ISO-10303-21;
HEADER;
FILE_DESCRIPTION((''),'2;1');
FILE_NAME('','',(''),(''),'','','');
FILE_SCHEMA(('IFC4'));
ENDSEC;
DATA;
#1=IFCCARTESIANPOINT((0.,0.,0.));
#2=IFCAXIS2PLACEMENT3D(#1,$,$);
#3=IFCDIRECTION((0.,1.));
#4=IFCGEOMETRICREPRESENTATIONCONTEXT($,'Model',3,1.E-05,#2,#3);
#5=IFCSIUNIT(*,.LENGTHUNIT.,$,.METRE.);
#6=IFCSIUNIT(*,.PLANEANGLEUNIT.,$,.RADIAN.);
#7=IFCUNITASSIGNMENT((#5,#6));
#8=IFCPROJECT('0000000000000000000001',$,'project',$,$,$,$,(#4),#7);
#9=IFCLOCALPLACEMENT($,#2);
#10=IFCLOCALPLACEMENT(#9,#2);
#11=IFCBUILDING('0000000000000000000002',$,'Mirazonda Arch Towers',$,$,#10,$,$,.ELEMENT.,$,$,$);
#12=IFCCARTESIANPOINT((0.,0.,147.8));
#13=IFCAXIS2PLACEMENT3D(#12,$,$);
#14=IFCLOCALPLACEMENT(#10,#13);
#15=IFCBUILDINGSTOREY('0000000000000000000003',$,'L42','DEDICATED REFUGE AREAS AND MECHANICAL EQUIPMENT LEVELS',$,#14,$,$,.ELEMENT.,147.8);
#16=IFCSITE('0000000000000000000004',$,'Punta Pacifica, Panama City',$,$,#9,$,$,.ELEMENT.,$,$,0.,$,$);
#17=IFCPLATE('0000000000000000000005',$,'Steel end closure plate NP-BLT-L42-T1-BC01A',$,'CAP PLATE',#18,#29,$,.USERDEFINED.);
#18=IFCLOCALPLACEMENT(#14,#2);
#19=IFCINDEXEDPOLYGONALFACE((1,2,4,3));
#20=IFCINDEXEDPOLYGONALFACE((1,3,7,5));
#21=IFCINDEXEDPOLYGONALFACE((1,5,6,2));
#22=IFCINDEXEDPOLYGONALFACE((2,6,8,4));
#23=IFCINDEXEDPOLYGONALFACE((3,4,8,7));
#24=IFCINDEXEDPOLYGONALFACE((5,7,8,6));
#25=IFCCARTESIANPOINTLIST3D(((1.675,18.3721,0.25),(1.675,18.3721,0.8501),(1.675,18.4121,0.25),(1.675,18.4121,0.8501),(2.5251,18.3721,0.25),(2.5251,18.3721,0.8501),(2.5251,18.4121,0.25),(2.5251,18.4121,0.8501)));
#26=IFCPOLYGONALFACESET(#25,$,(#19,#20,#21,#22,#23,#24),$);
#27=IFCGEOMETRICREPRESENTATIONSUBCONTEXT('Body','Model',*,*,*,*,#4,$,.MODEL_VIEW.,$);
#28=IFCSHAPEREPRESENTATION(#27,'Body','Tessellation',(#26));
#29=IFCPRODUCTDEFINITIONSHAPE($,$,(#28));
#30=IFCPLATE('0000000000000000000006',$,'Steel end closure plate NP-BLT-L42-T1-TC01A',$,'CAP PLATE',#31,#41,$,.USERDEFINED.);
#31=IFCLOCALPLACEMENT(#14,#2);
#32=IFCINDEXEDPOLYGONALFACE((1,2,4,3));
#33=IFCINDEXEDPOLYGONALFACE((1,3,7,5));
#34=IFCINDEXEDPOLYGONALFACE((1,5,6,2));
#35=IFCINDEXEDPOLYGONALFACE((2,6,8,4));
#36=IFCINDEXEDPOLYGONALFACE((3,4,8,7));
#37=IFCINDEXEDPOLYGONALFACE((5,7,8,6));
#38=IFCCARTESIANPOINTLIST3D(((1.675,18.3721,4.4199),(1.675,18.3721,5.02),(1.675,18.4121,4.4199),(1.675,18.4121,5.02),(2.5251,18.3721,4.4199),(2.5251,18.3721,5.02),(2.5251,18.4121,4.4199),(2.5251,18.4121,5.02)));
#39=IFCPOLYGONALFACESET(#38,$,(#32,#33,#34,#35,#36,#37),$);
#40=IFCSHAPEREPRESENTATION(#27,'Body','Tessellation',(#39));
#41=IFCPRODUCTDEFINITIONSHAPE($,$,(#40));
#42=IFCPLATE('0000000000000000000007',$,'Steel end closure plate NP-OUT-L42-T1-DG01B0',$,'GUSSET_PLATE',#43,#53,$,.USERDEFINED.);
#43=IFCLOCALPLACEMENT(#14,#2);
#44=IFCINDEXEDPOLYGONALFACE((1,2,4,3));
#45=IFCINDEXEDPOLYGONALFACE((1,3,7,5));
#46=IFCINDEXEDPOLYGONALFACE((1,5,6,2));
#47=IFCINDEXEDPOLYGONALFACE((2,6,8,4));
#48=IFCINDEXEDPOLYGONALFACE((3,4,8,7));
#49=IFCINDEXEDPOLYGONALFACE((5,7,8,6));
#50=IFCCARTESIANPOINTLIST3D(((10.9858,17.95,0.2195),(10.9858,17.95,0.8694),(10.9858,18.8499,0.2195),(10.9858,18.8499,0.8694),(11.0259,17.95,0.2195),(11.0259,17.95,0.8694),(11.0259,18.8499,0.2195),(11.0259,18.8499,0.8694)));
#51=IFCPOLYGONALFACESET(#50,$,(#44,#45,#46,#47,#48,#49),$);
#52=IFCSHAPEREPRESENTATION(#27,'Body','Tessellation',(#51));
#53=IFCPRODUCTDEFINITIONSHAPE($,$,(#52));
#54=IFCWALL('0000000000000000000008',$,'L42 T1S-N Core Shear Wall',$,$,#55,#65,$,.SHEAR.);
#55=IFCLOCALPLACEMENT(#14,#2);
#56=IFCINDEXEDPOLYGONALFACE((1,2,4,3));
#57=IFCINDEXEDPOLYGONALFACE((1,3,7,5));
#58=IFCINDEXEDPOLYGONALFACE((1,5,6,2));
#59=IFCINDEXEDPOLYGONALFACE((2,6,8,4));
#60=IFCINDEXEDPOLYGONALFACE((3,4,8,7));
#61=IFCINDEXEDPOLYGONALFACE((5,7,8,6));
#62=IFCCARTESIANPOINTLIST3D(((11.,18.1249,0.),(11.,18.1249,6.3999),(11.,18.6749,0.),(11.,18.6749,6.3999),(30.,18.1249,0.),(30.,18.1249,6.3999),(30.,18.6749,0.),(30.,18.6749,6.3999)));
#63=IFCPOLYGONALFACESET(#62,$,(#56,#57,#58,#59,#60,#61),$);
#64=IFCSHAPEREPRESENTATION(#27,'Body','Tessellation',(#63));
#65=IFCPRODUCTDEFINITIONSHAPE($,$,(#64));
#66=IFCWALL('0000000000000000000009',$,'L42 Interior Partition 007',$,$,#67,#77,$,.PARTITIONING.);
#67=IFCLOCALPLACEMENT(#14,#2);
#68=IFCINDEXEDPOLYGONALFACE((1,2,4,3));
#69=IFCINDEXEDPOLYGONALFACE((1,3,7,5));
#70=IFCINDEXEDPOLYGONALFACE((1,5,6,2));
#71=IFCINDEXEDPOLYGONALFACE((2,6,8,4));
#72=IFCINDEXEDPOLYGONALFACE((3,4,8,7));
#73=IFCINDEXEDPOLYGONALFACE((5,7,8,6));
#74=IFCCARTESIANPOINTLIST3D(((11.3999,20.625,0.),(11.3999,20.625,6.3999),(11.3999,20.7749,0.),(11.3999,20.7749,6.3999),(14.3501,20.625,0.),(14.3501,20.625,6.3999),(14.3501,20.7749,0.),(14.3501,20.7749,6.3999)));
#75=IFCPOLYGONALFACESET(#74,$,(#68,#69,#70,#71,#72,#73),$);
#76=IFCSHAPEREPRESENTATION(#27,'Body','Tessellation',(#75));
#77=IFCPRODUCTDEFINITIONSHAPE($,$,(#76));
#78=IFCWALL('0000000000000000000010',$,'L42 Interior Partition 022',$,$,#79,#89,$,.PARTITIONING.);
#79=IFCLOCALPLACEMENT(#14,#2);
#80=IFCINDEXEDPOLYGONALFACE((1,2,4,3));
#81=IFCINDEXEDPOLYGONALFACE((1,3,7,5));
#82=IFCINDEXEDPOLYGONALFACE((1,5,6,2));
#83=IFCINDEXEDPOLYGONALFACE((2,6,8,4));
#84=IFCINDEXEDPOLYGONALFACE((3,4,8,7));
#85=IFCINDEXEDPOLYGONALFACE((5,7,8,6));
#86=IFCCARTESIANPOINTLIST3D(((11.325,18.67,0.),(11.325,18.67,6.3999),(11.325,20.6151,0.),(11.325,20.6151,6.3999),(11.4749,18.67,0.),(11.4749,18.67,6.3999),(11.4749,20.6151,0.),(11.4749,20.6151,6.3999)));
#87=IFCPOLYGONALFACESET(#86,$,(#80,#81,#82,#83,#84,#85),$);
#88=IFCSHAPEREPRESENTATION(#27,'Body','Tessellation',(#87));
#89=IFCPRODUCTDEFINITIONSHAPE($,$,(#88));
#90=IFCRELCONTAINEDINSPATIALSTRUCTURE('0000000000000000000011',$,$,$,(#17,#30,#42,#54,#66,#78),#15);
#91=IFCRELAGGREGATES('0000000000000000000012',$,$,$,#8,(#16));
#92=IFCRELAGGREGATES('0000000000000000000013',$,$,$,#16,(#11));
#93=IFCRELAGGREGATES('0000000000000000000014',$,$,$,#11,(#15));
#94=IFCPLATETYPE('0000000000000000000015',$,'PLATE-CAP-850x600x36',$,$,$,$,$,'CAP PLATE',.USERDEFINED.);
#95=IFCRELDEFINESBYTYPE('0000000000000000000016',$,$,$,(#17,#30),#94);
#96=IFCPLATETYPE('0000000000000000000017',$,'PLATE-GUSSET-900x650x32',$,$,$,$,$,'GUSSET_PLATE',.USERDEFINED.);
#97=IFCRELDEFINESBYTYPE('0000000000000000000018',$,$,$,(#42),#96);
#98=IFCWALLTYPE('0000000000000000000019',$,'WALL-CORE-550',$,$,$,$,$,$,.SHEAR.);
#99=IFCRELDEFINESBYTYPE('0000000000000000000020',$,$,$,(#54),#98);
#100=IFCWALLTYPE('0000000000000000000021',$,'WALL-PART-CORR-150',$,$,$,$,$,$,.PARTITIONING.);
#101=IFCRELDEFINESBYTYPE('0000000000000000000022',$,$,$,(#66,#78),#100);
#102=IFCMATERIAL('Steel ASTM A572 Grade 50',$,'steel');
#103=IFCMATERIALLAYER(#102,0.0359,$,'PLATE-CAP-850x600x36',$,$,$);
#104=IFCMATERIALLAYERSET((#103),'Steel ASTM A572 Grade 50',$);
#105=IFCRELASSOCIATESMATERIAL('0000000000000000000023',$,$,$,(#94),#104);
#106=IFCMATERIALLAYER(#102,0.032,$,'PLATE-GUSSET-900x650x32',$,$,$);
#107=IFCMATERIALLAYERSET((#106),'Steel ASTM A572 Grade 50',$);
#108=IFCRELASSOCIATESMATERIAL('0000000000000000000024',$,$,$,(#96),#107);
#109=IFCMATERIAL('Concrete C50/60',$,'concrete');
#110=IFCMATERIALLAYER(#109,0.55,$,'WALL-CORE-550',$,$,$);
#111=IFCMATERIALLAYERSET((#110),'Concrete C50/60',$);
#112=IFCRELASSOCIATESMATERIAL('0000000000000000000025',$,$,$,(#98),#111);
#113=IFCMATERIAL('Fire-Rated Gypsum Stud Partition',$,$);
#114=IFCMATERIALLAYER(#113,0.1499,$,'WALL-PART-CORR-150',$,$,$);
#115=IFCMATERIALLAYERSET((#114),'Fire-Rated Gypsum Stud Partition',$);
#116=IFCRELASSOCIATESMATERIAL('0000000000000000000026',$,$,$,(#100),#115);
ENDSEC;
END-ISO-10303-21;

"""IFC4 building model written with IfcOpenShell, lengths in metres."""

from ifc_helpers import new_model, si_unit, direction, frame, frame_2d, origin, origin_2d, place, context, subcontext, project, spatial, rectangle, extrude, material, layer, layer_set, type_object, element, save


model = new_model("IFC4")

# Units and contexts
model_context = context("Model", 3, precision=1e-05, world=origin(), true_north=direction((0.0, 1.0)))
body_context = subcontext(model_context, "Body", "Model", "MODEL_VIEW")
ifc_project = project(units=[si_unit("LENGTHUNIT", "METRE"), si_unit("PLANEANGLEUNIT", "RADIAN")], contexts=[model_context])

# Site, building, storey
site_placement = place(None, origin())
site = spatial("IfcSite", under=ifc_project, at=site_placement, Name="Punta Pacifica, Panama City", CompositionType="ELEMENT", RefElevation=0.0)
building_placement = place(site_placement, origin())
building = spatial("IfcBuilding", under=site, at=building_placement, Name="Mirazonda Arch Towers", CompositionType="ELEMENT")
storey_placement = place(building_placement, frame((0.0, 0.0, 147.8)))
storey = spatial("IfcBuildingStorey", under=building, at=storey_placement, Name="L42", Description="DEDICATED REFUGE AREAS AND MECHANICAL EQUIPMENT LEVELS", CompositionType="ELEMENT", Elevation=147.8)

# Shared definitions
ifc_material_1 = material(Name="Concrete C50/60", Category="concrete")
ifc_material_2 = material(Name="Steel ASTM A572 Grade 50", Category="steel")

# Plates
ifc_layer_1 = layer(ifc_material_2, 0.0359, Name="PLATE-CAP-850x600x36")
ifc_layer_set_1 = layer_set([ifc_layer_1], Name="Steel ASTM A572 Grade 50")
plate_type_1 = type_object("IfcPlateType", Name="PLATE-CAP-850x600x36", ElementType="CAP PLATE", PredefinedType="USERDEFINED", material=ifc_layer_set_1)
for number, where, z_axis, x_axis, name in (
    (1, (2.1001, 18.3921, 0.25), (0.0, 0.0, 1.0), (0.0, -1.0, 0.0), "Steel end closure plate NP-BLT-L42-T1-BC01A"),
    (2, (2.1001, 18.3921, 4.4199), (0.0, 0.0, 1.0), (0.0, -1.0, 0.0), "Steel end closure plate NP-BLT-L42-T1-TC01A"),
):
    element("IfcPlate", number, at=place(storey_placement, frame(where, z_axis=z_axis, x_axis=x_axis)), inside=storey, type_object=plate_type_1, Name=name, ObjectType="CAP PLATE", PredefinedType="USERDEFINED", context=body_context, shape_type="SweptSolid", body=[
        extrude(rectangle(XDim=0.04, YDim=0.8501, at=origin_2d()), origin(), (0.0, 0.0, 1.0), 0.6001),
    ])
ifc_layer_2 = layer(ifc_material_2, 0.032, Name="PLATE-GUSSET-900x650x32")
ifc_layer_set_2 = layer_set([ifc_layer_2], Name="Steel ASTM A572 Grade 50")
plate_type_2 = type_object("IfcPlateType", Name="PLATE-GUSSET-900x650x32", ElementType="GUSSET_PLATE", PredefinedType="USERDEFINED", material=ifc_layer_set_2)
plate_placement = place(storey_placement, frame((11.0059, 18.3999, 0.2195), z_axis=(0.0, 0.0, 1.0), x_axis=(1.0, 0.0, 0.0)))
element("IfcPlate", 3, at=plate_placement, inside=storey, type_object=plate_type_2, Name="Steel end closure plate NP-OUT-L42-T1-DG01B0", ObjectType="GUSSET_PLATE", PredefinedType="USERDEFINED", context=body_context, shape_type="SweptSolid", body=[
    extrude(rectangle(XDim=0.04, YDim=0.8999, at=origin_2d()), origin(), (0.0, 0.0, 1.0), 0.6499),
])

# Walls
ifc_layer_3 = layer(ifc_material_1, 0.55, Name="WALL-CORE-550")
ifc_layer_set_3 = layer_set([ifc_layer_3], Name="Concrete C50/60")
wall_type_1 = type_object("IfcWallType", Name="WALL-CORE-550", PredefinedType="SHEAR", material=ifc_layer_set_3)
wall_1_placement = place(storey_placement, frame((11.0, 18.3999, 0.0), z_axis=(0.0, 0.0, 1.0), x_axis=(1.0, 0.0, 0.0)))
element("IfcWall", 4, at=wall_1_placement, inside=storey, type_object=wall_type_1, Name="L42 T1S-N Core Shear Wall", PredefinedType="SHEAR", context=body_context, shape_type="SweptSolid", body=[
    extrude(rectangle(XDim=19.0, YDim=0.55, at=frame_2d((9.5, 0.0))), origin(), (0.0, 0.0, 1.0), 6.3999),
])
ifc_material_3 = material(Name="Fire-Rated Gypsum Stud Partition")
ifc_layer_4 = layer(ifc_material_3, 0.1499, Name="WALL-PART-CORR-150")
ifc_layer_set_4 = layer_set([ifc_layer_4], Name="Fire-Rated Gypsum Stud Partition")
wall_type_2 = type_object("IfcWallType", Name="WALL-PART-CORR-150", PredefinedType="PARTITIONING", material=ifc_layer_set_4)
wall_2_placement = place(storey_placement, frame((11.3999, 20.7, 0.0), z_axis=(0.0, 0.0, 1.0), x_axis=(1.0, 0.0, 0.0)))
element("IfcWall", 5, at=wall_2_placement, inside=storey, type_object=wall_type_2, Name="L42 Interior Partition 007", PredefinedType="PARTITIONING", context=body_context, shape_type="SweptSolid", body=[
    extrude(rectangle(XDim=2.9502, YDim=0.1499, at=frame_2d((1.4751, 0.0))), origin(), (0.0, 0.0, 1.0), 6.3999),
])
wall_3_placement = place(storey_placement, frame((11.3999, 18.6699, 0.0), z_axis=(0.0, 0.0, 1.0), x_axis=(0.0, 1.0, 0.0)))
element("IfcWall", 6, at=wall_3_placement, inside=storey, type_object=wall_type_2, Name="L42 Interior Partition 022", PredefinedType="PARTITIONING", context=body_context, shape_type="SweptSolid", body=[
    extrude(rectangle(XDim=1.9451, YDim=0.1499, at=frame_2d((0.9727, 0.0))), origin(), (0.0, 0.0, 1.0), 6.3999),
])

save(model, "model.ifc")
